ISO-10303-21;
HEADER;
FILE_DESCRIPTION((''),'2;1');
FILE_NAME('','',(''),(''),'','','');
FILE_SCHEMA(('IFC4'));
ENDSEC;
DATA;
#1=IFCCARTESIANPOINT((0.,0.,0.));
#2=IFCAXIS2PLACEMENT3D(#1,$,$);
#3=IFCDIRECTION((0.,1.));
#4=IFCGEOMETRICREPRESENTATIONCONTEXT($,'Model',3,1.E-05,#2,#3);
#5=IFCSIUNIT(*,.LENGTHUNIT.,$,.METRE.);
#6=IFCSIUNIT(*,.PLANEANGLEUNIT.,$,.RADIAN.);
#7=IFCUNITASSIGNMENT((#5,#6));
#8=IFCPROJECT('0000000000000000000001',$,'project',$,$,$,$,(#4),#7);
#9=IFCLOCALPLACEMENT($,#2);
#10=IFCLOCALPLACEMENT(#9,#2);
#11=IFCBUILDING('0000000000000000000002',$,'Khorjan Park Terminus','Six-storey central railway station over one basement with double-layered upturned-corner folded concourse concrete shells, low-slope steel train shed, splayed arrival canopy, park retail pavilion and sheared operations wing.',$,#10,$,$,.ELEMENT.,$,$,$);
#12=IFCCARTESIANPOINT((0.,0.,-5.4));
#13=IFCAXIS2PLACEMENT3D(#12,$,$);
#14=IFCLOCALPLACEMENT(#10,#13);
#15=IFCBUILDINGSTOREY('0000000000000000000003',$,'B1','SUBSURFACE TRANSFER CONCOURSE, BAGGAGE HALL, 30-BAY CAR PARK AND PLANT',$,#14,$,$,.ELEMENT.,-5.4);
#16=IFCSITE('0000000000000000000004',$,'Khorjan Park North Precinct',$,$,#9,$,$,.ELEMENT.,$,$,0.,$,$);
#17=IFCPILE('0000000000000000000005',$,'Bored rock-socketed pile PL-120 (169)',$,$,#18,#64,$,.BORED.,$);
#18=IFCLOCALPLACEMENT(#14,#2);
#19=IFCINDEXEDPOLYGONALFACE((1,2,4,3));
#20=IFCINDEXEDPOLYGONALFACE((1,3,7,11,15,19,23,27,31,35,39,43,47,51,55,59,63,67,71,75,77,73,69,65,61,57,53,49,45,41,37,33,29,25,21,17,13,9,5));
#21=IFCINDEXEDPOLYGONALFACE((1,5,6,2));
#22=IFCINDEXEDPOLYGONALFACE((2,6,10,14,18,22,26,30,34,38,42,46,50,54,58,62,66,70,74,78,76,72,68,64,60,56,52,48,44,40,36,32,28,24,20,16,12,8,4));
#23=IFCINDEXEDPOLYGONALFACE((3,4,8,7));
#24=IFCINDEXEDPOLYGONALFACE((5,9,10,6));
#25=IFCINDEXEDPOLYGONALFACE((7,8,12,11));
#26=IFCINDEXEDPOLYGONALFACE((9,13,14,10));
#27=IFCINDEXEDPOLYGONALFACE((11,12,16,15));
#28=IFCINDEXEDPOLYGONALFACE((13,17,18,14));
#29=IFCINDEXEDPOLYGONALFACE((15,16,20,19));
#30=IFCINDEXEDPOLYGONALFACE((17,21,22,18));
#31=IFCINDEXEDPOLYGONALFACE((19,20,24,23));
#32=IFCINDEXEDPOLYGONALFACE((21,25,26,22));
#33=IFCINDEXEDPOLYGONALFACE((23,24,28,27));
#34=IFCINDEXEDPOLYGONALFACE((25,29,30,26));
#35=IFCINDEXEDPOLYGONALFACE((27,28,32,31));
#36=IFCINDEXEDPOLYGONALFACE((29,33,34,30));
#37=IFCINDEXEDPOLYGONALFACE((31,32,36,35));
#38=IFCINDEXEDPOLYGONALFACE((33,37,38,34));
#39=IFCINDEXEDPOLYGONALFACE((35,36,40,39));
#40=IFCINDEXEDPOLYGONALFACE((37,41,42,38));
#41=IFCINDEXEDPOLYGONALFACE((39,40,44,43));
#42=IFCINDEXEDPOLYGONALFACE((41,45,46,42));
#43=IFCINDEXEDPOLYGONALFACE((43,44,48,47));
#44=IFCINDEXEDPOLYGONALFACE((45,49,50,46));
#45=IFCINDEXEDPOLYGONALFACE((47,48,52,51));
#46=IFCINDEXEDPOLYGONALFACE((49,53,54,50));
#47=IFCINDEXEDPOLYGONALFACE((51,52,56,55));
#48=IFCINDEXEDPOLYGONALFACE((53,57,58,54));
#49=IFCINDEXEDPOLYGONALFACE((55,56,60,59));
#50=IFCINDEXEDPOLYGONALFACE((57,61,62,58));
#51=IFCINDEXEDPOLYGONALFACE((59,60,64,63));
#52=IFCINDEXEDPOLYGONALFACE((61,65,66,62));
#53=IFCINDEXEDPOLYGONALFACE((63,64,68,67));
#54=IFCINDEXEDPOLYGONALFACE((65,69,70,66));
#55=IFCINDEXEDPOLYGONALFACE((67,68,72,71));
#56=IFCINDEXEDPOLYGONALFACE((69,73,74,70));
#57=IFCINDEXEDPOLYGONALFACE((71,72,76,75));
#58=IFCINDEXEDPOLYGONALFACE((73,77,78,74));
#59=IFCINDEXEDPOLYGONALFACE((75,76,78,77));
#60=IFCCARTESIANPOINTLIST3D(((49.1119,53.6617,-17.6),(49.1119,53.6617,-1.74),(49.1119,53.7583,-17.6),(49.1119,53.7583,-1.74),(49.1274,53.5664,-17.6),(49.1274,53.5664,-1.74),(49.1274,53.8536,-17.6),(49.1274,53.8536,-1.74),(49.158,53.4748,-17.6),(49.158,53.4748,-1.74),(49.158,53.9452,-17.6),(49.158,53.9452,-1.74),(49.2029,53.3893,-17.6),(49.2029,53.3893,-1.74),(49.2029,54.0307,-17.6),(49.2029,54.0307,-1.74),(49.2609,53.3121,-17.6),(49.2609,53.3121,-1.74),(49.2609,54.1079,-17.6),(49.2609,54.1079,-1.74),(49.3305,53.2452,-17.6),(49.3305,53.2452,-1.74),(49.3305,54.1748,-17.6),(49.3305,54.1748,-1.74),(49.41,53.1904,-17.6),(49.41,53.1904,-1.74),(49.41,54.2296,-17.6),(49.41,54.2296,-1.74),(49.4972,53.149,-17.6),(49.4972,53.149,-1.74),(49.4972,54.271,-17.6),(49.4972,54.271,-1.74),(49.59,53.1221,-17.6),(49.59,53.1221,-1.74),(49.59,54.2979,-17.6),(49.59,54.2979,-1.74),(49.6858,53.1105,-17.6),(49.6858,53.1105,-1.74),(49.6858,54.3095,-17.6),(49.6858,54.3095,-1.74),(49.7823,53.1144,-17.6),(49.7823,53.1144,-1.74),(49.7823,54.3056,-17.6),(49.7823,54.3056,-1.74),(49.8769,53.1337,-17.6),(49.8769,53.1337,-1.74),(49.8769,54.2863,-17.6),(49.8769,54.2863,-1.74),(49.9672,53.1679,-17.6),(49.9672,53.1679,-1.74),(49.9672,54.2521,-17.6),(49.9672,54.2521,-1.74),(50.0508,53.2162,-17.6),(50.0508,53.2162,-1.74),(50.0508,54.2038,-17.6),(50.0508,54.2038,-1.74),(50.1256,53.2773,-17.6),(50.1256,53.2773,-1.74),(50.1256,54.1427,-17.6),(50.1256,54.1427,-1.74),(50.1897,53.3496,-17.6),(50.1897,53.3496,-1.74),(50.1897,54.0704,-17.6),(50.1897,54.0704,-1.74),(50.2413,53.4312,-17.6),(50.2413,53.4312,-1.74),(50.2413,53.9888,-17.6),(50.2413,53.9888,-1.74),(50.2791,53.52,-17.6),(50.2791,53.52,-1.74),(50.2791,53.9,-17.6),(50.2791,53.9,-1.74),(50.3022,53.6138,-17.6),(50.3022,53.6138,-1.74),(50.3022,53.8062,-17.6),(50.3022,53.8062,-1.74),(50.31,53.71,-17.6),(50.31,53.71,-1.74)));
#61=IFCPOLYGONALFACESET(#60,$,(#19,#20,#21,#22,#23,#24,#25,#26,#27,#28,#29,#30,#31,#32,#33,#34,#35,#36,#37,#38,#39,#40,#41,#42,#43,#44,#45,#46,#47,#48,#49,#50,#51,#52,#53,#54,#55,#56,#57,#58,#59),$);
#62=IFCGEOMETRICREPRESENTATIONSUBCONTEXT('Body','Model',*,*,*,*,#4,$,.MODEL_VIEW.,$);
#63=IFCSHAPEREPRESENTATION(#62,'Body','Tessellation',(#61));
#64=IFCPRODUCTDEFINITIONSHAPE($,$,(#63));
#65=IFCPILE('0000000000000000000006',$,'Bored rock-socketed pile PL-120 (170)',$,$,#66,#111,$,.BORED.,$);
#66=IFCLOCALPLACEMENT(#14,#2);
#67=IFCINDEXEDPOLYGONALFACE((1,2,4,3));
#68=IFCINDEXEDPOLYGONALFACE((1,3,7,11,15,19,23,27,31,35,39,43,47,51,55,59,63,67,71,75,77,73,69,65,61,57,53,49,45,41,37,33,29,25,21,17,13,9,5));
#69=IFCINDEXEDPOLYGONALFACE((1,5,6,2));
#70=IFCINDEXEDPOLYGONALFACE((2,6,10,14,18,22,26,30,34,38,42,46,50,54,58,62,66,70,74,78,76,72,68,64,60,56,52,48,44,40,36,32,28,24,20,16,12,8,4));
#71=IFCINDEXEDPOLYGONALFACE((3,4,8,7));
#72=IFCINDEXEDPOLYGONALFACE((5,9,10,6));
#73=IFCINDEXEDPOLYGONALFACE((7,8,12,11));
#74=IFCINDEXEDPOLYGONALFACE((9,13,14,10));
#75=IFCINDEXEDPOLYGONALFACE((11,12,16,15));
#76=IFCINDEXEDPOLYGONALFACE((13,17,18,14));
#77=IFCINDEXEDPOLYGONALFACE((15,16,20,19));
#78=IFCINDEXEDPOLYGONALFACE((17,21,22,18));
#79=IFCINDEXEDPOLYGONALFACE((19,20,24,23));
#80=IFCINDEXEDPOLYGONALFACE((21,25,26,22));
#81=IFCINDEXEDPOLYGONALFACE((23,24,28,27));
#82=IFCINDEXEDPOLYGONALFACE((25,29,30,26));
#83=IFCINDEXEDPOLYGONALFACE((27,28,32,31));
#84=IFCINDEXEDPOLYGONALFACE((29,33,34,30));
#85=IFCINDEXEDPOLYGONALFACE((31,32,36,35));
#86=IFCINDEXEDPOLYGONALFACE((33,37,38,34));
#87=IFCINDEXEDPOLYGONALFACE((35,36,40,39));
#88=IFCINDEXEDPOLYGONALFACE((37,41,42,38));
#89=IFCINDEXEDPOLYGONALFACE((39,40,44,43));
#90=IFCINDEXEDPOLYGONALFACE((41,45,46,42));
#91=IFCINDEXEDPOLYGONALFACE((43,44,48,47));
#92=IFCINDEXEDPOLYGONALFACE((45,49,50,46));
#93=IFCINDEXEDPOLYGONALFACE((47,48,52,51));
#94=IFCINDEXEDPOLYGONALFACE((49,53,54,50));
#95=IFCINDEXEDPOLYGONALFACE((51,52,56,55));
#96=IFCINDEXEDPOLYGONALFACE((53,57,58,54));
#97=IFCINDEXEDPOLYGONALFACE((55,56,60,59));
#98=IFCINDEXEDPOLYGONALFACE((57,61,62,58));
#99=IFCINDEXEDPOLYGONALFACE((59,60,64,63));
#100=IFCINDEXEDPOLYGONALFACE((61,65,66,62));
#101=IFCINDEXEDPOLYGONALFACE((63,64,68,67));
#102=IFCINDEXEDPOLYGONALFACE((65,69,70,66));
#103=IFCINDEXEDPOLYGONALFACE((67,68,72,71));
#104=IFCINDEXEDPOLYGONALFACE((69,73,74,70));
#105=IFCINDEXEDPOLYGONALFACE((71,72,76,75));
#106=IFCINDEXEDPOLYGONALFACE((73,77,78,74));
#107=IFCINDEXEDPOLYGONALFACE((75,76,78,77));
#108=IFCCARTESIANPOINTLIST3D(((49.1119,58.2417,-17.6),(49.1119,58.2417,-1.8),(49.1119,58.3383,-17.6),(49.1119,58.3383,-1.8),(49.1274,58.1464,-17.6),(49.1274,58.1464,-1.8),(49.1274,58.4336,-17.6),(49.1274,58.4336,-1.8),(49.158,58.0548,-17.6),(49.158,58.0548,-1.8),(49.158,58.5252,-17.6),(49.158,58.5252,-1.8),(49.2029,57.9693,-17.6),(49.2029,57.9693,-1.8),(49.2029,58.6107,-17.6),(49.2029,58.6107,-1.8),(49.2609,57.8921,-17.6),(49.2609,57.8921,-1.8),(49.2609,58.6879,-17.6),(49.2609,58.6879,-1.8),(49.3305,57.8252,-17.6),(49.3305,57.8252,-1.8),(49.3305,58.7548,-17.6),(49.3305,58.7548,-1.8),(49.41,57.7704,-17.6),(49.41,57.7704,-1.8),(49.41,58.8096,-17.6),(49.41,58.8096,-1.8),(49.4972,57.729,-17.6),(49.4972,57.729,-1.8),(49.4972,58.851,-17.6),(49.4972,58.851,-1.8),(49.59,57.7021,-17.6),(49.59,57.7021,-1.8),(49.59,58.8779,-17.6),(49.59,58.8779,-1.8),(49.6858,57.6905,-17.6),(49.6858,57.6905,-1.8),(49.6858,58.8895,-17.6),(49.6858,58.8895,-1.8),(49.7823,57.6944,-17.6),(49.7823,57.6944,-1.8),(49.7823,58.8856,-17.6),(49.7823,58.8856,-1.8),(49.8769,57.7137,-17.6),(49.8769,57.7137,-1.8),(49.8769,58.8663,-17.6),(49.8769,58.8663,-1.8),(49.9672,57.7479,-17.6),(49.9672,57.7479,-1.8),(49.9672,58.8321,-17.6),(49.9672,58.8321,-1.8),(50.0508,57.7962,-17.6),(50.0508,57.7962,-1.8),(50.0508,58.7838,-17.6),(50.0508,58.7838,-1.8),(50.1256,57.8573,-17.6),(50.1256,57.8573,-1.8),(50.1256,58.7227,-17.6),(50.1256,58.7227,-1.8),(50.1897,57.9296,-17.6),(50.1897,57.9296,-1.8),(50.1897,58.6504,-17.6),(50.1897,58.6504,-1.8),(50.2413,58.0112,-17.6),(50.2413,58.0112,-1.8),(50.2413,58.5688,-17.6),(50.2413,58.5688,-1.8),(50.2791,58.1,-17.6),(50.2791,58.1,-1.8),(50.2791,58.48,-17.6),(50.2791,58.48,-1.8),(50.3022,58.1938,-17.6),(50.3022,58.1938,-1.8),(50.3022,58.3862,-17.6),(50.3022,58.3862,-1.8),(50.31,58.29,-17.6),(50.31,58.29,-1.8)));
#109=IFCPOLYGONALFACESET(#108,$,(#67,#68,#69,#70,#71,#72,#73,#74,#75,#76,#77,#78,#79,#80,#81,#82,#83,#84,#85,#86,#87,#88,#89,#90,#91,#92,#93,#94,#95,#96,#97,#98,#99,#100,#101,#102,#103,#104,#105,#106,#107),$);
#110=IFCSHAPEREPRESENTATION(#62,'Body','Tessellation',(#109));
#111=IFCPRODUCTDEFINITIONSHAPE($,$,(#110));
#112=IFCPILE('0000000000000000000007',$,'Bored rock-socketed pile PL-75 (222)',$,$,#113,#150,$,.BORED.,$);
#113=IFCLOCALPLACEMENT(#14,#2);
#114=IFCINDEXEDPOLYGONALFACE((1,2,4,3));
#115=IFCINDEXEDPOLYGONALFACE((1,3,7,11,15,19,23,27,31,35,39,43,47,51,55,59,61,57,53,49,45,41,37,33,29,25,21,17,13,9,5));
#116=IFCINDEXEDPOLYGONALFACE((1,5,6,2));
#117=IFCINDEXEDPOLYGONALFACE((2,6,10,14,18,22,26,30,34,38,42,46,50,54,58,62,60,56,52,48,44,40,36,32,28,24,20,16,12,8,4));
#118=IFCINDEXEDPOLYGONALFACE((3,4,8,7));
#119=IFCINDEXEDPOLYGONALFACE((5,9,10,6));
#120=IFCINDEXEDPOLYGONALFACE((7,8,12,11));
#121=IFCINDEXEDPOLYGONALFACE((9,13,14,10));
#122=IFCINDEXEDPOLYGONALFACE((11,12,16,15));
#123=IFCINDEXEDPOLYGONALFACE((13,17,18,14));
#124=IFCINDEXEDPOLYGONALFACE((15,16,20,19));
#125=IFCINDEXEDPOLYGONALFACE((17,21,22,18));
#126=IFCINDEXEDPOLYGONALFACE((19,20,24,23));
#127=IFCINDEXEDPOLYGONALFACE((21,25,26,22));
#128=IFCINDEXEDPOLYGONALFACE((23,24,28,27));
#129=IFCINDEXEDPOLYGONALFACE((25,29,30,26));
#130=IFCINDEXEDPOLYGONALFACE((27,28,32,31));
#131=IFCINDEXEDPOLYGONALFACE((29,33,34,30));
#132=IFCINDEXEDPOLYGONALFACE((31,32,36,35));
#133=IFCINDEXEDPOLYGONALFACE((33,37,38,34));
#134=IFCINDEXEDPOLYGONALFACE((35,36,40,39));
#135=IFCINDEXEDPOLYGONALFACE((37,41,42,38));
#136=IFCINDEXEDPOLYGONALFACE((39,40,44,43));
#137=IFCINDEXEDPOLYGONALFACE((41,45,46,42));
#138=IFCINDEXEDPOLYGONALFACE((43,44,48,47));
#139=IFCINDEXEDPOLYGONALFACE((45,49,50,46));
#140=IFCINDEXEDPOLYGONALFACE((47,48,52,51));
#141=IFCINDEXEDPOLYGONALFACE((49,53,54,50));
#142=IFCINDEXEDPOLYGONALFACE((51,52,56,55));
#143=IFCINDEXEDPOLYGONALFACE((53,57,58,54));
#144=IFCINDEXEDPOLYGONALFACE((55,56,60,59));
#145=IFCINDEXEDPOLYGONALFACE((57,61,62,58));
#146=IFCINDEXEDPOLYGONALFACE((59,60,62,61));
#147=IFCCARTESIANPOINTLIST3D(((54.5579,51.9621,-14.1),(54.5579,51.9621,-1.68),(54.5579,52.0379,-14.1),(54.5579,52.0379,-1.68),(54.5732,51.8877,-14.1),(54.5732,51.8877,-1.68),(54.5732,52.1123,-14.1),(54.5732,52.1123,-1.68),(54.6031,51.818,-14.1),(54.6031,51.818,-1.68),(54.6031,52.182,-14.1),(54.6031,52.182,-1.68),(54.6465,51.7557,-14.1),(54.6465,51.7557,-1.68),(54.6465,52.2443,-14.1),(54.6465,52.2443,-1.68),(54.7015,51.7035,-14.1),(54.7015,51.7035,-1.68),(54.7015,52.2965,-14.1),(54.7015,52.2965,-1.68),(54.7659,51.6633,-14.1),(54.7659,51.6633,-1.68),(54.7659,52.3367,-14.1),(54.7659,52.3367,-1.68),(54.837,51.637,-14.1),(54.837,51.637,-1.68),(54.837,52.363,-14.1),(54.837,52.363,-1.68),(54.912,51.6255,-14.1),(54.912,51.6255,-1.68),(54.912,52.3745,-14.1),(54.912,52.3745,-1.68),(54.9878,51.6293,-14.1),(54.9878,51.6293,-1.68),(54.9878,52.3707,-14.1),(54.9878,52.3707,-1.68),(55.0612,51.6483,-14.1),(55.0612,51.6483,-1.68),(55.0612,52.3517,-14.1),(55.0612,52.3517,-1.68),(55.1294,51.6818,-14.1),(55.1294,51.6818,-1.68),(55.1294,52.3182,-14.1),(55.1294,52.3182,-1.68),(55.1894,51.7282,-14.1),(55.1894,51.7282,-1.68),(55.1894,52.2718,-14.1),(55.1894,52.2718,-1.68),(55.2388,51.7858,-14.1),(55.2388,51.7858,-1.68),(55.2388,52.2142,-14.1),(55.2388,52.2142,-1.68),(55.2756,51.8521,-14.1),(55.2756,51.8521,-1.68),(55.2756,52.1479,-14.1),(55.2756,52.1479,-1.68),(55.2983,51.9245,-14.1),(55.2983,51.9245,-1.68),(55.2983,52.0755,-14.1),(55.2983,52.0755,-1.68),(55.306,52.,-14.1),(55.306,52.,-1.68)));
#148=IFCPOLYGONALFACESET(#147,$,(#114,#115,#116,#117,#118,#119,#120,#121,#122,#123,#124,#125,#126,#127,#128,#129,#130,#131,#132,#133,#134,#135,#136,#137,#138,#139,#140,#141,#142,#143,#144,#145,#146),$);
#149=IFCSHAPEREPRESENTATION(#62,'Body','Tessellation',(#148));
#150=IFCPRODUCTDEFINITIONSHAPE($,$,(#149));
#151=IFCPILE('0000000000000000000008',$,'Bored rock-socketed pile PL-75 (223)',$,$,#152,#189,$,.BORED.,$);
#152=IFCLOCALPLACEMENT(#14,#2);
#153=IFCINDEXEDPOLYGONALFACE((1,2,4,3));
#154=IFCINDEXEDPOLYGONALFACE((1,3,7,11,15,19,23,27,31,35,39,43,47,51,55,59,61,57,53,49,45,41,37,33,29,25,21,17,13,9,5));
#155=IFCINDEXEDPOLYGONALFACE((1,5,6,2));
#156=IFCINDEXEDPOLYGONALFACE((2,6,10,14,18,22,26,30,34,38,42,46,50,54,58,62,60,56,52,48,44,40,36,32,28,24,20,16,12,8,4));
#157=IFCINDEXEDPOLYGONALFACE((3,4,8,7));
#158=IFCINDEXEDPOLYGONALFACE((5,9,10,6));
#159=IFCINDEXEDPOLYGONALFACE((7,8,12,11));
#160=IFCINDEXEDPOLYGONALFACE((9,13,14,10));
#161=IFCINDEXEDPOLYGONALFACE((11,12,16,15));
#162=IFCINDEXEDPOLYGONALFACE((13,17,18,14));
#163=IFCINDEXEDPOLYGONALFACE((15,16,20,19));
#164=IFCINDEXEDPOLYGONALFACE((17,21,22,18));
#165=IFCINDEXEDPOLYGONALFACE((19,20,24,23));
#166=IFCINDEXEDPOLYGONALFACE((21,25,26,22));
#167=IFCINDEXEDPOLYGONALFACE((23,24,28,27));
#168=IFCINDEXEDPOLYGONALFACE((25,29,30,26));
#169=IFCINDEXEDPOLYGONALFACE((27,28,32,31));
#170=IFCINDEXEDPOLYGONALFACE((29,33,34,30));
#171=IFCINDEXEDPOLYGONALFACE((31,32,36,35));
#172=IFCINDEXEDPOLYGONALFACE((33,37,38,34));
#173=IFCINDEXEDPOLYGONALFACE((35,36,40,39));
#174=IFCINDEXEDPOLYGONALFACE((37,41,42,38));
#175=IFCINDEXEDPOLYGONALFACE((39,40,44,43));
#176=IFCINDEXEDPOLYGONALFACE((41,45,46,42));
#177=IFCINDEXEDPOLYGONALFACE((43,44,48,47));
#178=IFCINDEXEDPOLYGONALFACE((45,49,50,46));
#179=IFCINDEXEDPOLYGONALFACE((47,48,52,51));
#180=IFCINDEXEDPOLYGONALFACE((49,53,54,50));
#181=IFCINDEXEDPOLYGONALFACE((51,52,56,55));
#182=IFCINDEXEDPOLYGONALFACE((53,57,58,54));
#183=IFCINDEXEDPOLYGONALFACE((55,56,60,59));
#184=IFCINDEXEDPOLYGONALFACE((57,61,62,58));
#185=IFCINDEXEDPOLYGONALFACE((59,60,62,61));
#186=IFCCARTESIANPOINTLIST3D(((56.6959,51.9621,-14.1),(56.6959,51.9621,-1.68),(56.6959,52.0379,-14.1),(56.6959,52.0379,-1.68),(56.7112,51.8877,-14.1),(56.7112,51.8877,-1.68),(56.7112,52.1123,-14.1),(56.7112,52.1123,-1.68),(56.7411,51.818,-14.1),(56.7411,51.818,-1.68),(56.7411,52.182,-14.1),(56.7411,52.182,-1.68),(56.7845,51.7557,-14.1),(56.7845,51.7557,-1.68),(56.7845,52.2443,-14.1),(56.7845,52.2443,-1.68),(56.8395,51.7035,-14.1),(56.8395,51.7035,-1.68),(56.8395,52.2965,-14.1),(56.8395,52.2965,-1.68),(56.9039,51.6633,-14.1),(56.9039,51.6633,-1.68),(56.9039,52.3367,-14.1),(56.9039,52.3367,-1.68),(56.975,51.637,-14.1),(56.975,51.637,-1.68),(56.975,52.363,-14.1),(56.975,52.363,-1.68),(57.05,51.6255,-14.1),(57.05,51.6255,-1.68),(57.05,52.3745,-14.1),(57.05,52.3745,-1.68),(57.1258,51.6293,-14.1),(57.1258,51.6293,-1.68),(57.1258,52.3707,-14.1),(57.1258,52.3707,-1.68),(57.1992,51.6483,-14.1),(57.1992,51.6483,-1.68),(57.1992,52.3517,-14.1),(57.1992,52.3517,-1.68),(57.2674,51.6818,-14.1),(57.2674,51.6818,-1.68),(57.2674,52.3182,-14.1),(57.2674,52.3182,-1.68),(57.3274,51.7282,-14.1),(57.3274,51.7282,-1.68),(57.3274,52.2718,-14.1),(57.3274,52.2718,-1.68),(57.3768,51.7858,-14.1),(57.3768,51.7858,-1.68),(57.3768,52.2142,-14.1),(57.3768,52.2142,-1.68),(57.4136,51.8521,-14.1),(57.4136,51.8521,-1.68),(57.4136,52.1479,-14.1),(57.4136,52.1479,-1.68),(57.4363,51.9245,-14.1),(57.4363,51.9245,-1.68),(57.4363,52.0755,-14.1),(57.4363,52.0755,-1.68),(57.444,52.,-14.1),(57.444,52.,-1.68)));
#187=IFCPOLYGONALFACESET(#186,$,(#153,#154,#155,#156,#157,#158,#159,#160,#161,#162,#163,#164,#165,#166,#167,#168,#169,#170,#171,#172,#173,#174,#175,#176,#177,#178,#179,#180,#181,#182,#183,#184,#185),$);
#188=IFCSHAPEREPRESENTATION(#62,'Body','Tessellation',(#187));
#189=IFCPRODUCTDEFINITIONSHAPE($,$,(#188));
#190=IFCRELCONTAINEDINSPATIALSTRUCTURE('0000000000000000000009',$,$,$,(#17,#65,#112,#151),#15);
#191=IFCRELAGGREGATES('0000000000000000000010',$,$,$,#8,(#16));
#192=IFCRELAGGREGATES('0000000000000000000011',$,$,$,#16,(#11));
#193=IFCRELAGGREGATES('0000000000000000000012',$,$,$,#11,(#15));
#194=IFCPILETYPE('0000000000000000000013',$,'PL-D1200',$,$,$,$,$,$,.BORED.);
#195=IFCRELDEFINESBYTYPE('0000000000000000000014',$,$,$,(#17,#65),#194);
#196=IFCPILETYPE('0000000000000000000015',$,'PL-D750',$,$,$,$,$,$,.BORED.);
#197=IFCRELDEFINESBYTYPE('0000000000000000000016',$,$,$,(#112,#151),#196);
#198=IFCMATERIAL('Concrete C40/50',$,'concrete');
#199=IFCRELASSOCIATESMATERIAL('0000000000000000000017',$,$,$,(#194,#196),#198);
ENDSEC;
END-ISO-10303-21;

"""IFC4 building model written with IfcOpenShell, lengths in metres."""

from ifc_helpers import new_model, si_unit, direction, frame, origin, origin_2d, place, context, subcontext, project, spatial, circle, extrude, material, material_profile, profile_set, type_object, element, save


model = new_model("IFC4")

# Units and contexts
model_context = context("Model", 3, precision=1e-05, world=origin(), true_north=direction((0.0, 1.0)))
body_context = subcontext(model_context, "Body", "Model", "MODEL_VIEW")
ifc_project = project(units=[si_unit("LENGTHUNIT", "METRE"), si_unit("PLANEANGLEUNIT", "RADIAN")], contexts=[model_context])

# Site, building, storey
site_placement = place(None, origin())
site = spatial("IfcSite", under=ifc_project, at=site_placement, Name="Khorjan Park North Precinct", CompositionType="ELEMENT", RefElevation=0.0)
building_placement = place(site_placement, origin())
building = spatial("IfcBuilding", under=site, at=building_placement, Name="Khorjan Park Terminus", Description="Six-storey central railway station over one basement with double-layered upturned-corner folded concourse concrete shells, low-slope steel train shed, splayed arrival canopy, park retail pavilion and sheared operations wing.", CompositionType="ELEMENT")
storey_placement = place(building_placement, frame((0.0, 0.0, -5.4)))
storey = spatial("IfcBuildingStorey", under=building, at=storey_placement, Name="B1", Description="SUBSURFACE TRANSFER CONCOURSE, BAGGAGE HALL, 30-BAY CAR PARK AND PLANT", CompositionType="ELEMENT", Elevation=-5.4)

# Shared definitions
ifc_material_1 = material(Name="Concrete C40/50", Category="concrete")

# Piles
ifc_material_profile_1 = material_profile(ifc_material_1, circle(Radius=0.6, at=origin_2d()), Name="BORED D1200")
ifc_profile_set_1 = profile_set([ifc_material_profile_1], Name="Concrete C40/50")
pile_type_1 = type_object("IfcPileType", Name="PL-D1200", PredefinedType="BORED", material=ifc_profile_set_1)
for number, where, z_axis, x_axis, name in (
    (1, (49.71, 53.71, -1.74), (0.0, 0.0, -1.0), (1.0, 0.0, 0.0), "Bored rock-socketed pile PL-120 (169)"),
):
    element("IfcPile", number, at=place(storey_placement, frame(where, z_axis=z_axis, x_axis=x_axis)), inside=storey, type_object=pile_type_1, Name=name, PredefinedType="BORED", context=body_context, shape_type="SweptSolid", body=[
        extrude(circle(Radius=0.6, at=origin_2d()), origin(), (0.0, 0.0, 1.0), 15.86),
    ])
pile_placement = place(storey_placement, frame((49.71, 58.29, -1.8), z_axis=(0.0, 0.0, -1.0), x_axis=(1.0, 0.0, 0.0)))
element("IfcPile", 2, at=pile_placement, inside=storey, type_object=pile_type_1, Name="Bored rock-socketed pile PL-120 (170)", PredefinedType="BORED", context=body_context, shape_type="SweptSolid", body=[
    extrude(circle(Radius=0.6, at=origin_2d()), origin(), (0.0, 0.0, 1.0), 15.8),
])
ifc_material_profile_2 = material_profile(ifc_material_1, circle(Radius=0.375, at=origin_2d()), Name="BORED D750")
ifc_profile_set_2 = profile_set([ifc_material_profile_2], Name="Concrete C40/50")
pile_type_2 = type_object("IfcPileType", Name="PL-D750", PredefinedType="BORED", material=ifc_profile_set_2)
for number, where, z_axis, x_axis, name in (
    (3, (54.931, 52.0, -1.68), (0.0, 0.0, -1.0), (1.0, 0.0, 0.0), "Bored rock-socketed pile PL-75 (222)"),
    (4, (57.069, 52.0, -1.68), (0.0, 0.0, -1.0), (1.0, 0.0, 0.0), "Bored rock-socketed pile PL-75 (223)"),
):
    element("IfcPile", number, at=place(storey_placement, frame(where, z_axis=z_axis, x_axis=x_axis)), inside=storey, type_object=pile_type_2, Name=name, PredefinedType="BORED", context=body_context, shape_type="SweptSolid", body=[
        extrude(circle(Radius=0.375, at=origin_2d()), origin(), (0.0, 0.0, 1.0), 12.42),
    ])

save(model, "model.ifc")
